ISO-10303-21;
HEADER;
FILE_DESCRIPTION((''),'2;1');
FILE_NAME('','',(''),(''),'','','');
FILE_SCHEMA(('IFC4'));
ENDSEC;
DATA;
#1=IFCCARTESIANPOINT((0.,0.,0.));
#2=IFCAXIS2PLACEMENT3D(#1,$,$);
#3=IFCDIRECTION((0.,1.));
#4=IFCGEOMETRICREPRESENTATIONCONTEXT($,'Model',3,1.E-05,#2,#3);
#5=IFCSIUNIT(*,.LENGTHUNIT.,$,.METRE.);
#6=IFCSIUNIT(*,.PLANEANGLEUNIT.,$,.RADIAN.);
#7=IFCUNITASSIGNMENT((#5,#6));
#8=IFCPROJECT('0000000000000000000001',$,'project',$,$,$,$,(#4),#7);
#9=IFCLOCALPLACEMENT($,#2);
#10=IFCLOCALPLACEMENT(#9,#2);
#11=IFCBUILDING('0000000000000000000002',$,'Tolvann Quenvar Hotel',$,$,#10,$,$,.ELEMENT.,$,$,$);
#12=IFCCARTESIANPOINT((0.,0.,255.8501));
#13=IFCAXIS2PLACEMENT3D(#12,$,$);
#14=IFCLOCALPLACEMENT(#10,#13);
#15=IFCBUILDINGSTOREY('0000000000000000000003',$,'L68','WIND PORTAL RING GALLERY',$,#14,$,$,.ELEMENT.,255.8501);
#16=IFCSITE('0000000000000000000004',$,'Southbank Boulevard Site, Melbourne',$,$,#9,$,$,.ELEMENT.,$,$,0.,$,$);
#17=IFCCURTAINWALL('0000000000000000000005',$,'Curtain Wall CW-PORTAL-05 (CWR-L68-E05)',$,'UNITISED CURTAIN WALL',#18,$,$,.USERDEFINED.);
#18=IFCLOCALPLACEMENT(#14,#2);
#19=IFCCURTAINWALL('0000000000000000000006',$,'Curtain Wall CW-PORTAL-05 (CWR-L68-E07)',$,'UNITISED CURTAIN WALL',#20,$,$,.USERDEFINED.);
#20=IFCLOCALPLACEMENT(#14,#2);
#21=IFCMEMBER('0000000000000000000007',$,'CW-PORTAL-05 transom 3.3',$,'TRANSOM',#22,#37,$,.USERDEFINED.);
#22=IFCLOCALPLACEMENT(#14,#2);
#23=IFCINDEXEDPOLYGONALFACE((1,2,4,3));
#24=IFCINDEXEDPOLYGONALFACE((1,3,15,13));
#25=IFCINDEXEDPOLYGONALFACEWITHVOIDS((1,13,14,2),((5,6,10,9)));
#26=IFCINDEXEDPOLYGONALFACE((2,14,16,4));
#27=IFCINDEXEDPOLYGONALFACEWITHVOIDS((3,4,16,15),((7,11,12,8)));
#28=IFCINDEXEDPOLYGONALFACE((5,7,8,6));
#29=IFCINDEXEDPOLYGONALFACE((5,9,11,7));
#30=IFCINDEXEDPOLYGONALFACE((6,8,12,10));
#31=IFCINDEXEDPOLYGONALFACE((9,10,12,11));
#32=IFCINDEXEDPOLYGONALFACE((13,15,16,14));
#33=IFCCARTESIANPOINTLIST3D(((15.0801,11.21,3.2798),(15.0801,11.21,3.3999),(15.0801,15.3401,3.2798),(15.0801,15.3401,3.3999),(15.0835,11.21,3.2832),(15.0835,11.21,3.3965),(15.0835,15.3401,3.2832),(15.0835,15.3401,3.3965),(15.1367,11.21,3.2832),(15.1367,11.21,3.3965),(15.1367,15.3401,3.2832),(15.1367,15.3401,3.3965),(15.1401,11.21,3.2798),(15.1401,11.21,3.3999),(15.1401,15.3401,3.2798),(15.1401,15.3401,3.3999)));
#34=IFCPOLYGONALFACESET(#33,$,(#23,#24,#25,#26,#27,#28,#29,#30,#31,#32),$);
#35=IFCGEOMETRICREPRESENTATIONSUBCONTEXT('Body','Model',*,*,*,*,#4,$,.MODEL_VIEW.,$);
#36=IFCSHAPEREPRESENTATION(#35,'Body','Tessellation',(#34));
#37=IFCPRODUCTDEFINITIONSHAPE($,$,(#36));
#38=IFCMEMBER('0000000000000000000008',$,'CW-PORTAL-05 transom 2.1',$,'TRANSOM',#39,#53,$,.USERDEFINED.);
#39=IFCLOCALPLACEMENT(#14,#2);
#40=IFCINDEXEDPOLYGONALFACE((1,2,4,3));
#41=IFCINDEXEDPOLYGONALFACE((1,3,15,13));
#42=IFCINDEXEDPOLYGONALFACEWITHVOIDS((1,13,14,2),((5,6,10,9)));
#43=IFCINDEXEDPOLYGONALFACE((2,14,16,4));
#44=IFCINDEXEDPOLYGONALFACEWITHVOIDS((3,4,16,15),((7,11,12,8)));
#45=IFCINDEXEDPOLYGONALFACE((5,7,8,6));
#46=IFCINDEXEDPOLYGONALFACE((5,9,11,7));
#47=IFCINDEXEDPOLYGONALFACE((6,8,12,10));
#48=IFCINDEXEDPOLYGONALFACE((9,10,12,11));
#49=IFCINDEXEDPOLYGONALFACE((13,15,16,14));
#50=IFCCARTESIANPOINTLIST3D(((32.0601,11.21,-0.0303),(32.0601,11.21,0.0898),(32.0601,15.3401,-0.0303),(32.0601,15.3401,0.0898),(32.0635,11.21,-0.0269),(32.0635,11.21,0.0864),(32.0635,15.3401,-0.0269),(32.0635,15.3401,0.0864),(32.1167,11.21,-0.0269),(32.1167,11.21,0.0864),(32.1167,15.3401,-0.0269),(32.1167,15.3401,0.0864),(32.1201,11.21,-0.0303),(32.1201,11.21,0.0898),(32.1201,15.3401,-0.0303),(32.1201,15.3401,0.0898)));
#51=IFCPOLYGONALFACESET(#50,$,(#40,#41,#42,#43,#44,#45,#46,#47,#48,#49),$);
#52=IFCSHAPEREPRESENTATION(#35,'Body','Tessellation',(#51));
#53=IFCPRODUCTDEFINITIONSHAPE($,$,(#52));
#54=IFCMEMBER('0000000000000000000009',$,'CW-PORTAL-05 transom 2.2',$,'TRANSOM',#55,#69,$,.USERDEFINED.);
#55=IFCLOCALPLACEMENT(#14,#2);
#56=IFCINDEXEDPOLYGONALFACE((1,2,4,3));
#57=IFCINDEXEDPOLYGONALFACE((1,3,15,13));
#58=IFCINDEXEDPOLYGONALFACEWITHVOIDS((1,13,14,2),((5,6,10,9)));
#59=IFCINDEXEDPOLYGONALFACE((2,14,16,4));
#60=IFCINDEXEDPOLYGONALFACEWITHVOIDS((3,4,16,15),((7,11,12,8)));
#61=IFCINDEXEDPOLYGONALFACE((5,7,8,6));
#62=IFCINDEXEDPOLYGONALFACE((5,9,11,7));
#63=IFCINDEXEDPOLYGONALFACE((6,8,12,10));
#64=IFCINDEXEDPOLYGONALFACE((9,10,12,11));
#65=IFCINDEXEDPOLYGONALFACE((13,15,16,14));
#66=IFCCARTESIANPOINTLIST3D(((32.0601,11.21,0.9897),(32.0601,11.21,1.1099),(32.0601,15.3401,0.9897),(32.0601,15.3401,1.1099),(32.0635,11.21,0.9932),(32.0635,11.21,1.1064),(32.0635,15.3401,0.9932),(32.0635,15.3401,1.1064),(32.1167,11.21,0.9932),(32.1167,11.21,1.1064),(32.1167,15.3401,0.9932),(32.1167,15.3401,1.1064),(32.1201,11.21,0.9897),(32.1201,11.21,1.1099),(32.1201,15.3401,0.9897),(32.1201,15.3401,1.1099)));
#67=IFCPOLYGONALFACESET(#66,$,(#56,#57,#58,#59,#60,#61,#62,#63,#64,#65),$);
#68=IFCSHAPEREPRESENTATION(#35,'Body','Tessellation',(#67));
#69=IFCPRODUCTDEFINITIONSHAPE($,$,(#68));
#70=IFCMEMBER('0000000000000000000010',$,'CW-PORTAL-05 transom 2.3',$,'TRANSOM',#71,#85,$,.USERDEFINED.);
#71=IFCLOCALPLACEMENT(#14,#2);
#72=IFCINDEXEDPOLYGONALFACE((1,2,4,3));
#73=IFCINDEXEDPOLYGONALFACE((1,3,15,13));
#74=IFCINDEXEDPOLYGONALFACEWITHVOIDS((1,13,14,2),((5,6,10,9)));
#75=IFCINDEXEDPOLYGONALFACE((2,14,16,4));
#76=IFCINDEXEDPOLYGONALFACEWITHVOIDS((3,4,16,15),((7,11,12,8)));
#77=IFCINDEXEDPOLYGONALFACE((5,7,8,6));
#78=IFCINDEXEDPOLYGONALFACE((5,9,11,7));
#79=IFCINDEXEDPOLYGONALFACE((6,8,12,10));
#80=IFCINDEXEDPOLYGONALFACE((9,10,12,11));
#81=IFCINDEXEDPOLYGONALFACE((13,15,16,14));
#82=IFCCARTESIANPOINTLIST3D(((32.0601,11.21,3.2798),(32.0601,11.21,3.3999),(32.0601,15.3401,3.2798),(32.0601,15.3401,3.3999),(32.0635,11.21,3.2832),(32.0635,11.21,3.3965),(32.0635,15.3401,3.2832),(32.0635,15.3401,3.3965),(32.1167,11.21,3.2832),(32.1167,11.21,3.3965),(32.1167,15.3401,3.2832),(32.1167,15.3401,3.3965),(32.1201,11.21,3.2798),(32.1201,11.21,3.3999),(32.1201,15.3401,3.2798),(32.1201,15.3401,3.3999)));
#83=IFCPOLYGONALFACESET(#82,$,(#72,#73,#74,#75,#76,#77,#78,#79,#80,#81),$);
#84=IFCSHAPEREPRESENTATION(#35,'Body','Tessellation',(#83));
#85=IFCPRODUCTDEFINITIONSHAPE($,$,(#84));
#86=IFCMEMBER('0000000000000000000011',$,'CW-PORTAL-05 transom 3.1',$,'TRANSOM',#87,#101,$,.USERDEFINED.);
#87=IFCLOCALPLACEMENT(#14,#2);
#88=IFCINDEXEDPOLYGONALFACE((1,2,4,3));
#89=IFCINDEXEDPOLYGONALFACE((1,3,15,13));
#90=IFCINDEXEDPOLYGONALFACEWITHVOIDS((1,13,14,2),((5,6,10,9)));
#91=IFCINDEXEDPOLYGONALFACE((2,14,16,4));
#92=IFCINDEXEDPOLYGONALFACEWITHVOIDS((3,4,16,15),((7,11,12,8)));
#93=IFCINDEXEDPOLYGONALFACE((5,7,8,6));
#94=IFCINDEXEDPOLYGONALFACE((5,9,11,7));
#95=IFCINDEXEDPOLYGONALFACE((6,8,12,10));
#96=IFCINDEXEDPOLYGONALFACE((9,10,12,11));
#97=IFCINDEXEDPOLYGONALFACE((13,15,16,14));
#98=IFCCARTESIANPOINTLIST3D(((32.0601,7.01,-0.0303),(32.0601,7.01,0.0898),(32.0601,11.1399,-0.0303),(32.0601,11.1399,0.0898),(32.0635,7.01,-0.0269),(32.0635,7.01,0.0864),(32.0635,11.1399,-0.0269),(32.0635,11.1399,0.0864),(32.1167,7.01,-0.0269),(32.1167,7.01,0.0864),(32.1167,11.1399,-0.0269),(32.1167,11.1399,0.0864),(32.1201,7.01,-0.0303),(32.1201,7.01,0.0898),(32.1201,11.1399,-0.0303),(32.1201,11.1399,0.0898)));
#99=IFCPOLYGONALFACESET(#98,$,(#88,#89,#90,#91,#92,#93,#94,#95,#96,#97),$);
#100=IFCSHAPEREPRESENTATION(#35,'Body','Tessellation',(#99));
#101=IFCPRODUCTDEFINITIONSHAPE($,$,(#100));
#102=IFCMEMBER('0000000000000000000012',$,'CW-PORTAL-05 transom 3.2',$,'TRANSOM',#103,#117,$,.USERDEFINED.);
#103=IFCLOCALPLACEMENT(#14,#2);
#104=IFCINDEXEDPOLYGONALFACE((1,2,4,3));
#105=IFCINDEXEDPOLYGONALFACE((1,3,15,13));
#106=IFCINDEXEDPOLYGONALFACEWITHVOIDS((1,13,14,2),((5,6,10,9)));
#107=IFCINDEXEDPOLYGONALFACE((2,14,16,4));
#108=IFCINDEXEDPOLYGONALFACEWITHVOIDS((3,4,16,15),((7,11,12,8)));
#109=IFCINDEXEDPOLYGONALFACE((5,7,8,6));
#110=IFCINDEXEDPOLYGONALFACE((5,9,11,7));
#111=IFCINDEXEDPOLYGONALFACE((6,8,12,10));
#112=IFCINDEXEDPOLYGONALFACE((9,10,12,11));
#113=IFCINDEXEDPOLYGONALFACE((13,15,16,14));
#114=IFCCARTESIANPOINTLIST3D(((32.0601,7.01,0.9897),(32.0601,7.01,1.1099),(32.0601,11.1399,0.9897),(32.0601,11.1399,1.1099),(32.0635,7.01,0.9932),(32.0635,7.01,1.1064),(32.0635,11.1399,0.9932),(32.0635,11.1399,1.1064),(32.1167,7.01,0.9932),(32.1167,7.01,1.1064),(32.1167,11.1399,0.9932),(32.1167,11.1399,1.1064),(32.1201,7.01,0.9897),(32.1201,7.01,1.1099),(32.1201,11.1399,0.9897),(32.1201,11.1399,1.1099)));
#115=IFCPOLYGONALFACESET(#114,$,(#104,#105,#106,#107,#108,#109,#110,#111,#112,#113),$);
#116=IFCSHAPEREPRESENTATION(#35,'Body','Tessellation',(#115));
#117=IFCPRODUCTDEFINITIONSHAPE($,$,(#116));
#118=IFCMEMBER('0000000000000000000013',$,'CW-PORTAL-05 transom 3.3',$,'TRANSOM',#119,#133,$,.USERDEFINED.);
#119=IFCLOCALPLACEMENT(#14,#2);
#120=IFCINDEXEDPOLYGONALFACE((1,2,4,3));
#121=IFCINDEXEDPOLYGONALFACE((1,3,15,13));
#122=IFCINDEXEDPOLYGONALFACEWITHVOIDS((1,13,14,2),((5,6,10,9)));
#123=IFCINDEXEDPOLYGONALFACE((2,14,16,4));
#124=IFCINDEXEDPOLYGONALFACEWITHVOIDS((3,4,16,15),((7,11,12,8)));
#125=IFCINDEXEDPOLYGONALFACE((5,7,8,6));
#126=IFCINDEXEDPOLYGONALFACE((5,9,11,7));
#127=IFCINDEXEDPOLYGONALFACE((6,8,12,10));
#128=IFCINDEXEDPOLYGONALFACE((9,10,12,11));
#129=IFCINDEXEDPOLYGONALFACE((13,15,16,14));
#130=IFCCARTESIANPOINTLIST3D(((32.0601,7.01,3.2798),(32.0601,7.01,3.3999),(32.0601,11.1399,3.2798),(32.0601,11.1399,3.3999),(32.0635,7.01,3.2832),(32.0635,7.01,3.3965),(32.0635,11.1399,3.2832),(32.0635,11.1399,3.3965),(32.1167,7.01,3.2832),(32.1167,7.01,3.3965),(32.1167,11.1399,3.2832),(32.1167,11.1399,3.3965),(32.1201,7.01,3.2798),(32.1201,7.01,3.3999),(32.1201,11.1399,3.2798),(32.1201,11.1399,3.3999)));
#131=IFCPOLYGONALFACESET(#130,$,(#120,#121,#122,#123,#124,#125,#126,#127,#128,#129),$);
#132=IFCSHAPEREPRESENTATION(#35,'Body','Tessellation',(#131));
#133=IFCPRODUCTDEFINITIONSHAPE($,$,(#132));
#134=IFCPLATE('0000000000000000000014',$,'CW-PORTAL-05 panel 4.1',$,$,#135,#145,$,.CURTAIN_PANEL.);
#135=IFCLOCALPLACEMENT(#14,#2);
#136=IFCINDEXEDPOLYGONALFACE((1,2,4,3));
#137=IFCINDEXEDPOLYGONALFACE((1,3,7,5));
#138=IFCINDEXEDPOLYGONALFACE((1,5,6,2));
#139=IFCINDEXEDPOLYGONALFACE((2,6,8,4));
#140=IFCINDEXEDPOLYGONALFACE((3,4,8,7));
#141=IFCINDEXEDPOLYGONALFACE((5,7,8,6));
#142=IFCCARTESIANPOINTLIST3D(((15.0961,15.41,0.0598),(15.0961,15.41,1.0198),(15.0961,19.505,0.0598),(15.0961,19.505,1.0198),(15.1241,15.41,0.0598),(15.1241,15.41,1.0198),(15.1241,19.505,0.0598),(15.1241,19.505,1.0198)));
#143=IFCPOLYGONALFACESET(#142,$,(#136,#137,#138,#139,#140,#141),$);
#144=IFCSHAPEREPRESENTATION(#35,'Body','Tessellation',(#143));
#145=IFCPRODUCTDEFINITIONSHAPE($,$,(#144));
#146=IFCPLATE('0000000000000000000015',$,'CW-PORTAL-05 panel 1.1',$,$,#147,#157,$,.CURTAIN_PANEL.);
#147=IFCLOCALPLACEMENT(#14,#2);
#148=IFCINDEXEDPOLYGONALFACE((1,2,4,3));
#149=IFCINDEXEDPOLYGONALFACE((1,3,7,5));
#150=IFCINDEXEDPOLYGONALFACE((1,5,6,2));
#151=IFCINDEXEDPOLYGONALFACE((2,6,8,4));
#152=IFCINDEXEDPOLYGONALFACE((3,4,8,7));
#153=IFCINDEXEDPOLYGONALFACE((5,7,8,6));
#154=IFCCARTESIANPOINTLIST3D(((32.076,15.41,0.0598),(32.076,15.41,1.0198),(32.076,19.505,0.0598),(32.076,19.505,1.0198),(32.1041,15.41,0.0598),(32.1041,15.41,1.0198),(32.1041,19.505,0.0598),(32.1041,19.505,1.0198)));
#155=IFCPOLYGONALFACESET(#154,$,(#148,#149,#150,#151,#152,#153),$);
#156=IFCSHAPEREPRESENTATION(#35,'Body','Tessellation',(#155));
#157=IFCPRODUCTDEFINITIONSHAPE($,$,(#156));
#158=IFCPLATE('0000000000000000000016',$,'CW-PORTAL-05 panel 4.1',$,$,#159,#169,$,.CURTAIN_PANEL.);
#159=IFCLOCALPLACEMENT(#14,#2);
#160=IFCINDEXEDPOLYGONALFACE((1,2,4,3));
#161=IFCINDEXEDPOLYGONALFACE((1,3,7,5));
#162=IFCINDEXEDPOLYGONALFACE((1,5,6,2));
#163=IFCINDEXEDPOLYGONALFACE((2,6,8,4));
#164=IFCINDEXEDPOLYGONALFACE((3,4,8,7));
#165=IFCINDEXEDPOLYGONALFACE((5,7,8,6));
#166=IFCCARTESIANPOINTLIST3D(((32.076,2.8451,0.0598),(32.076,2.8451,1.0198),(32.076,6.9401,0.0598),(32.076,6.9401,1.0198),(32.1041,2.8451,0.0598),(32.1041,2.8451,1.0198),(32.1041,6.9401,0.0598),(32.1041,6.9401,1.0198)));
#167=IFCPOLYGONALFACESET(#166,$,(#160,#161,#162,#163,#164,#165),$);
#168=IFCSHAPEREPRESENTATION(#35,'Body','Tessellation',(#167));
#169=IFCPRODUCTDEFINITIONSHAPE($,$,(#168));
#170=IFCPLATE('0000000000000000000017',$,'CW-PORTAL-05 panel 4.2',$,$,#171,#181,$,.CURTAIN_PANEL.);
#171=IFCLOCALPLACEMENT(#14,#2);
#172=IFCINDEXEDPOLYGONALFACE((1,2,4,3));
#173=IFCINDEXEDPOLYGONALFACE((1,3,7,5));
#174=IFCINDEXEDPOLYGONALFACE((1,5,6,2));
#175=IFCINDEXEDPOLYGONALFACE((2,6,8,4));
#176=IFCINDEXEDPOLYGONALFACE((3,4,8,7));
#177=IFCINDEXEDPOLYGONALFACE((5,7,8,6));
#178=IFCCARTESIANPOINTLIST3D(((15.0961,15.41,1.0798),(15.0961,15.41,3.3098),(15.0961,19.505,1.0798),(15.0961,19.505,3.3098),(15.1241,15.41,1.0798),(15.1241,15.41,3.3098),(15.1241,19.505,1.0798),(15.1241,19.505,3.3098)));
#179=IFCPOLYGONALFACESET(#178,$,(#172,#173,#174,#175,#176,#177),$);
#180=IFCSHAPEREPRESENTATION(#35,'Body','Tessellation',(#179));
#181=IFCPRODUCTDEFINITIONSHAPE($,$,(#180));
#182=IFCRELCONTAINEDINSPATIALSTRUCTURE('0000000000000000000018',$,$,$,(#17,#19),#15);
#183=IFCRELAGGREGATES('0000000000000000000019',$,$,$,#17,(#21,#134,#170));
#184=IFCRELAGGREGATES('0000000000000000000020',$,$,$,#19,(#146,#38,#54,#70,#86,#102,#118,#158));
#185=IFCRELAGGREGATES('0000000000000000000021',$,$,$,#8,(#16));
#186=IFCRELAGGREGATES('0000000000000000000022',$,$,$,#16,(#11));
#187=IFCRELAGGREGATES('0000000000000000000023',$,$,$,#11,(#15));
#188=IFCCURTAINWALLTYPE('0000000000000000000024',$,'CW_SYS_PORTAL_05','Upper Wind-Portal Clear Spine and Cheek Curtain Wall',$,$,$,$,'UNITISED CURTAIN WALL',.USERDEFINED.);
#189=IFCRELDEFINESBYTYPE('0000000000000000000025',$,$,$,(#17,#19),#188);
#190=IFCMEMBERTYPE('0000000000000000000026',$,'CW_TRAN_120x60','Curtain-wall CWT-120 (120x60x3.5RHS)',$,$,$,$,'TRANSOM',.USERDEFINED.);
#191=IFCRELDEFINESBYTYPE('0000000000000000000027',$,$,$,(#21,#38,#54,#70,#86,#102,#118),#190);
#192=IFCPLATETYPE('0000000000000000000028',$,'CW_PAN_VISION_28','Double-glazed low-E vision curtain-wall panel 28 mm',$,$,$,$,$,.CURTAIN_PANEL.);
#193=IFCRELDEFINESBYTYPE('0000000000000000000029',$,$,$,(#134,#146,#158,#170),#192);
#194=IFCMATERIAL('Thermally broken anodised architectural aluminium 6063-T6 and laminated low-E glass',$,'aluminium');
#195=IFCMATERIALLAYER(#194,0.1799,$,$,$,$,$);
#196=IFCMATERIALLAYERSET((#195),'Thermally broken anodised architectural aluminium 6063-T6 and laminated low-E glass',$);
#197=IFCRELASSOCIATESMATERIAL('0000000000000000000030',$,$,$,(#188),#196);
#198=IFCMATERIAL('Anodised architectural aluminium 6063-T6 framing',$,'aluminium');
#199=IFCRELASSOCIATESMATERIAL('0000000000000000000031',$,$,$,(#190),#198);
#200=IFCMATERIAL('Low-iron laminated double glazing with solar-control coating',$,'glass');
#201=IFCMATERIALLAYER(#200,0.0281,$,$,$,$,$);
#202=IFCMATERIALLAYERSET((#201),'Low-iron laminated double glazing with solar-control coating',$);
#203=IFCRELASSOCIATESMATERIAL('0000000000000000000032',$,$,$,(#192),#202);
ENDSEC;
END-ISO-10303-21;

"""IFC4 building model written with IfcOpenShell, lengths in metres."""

from ifc_helpers import new_model, si_unit, direction, frame, origin, origin_2d, place, context, subcontext, project, spatial, rectangle, hollow_rectangle, extrude, source, transform, mapped, material, layer, layer_set, material_profile, profile_set, type_object, element, aggregate, save


model = new_model("IFC4")

# Units and contexts
model_context = context("Model", 3, precision=1e-05, world=origin(), true_north=direction((0.0, 1.0)))
body_context = subcontext(model_context, "Body", "Model", "MODEL_VIEW")
ifc_project = project(units=[si_unit("LENGTHUNIT", "METRE"), si_unit("PLANEANGLEUNIT", "RADIAN")], contexts=[model_context])

# Site, building, storey
site_placement = place(None, origin())
site = spatial("IfcSite", under=ifc_project, at=site_placement, Name="Southbank Boulevard Site, Melbourne", CompositionType="ELEMENT", RefElevation=0.0)
building_placement = place(site_placement, origin())
building = spatial("IfcBuilding", under=site, at=building_placement, Name="Tolvann Quenvar Hotel", CompositionType="ELEMENT")
storey_placement = place(building_placement, frame((0.0, 0.0, 255.8501)))
storey = spatial("IfcBuildingStorey", under=building, at=storey_placement, Name="L68", Description="WIND PORTAL RING GALLERY", CompositionType="ELEMENT", Elevation=255.8501)

# Curtain wall
ifc_material_1 = material(Name="Thermally broken anodised architectural aluminium 6063-T6 and laminated low-E glass", Category="aluminium")
ifc_layer_1 = layer(ifc_material_1, 0.1799)
ifc_layer_set_1 = layer_set([ifc_layer_1], Name="Thermally broken anodised architectural aluminium 6063-T6 and laminated low-E glass")
curtain_wall_type = type_object("IfcCurtainWallType", Name="CW_SYS_PORTAL_05", Description="Upper Wind-Portal Clear Spine and Cheek Curtain Wall", ElementType="UNITISED CURTAIN WALL", PredefinedType="USERDEFINED", material=ifc_layer_set_1)
curtain_wall_1_placement = place(storey_placement, origin())
curtain_wall_1 = element("IfcCurtainWall", 1, at=curtain_wall_1_placement, inside=storey, type_object=curtain_wall_type, Name="Curtain Wall CW-PORTAL-05 (CWR-L68-E05)", ObjectType="UNITISED CURTAIN WALL", PredefinedType="USERDEFINED")
ifc_material_2 = material(Name="Anodised architectural aluminium 6063-T6 framing", Category="aluminium")

# Curtain wall
curtain_wall_2_placement = place(storey_placement, origin())
curtain_wall_2 = element("IfcCurtainWall", 2, at=curtain_wall_2_placement, inside=storey, type_object=curtain_wall_type, Name="Curtain Wall CW-PORTAL-05 (CWR-L68-E07)", ObjectType="UNITISED CURTAIN WALL", PredefinedType="USERDEFINED")

# Members
ifc_material_profile_1 = material_profile(ifc_material_2, hollow_rectangle(XDim=0.0601, YDim=0.1201, WallThickness=0.0034, at=origin_2d()), Name="120x60x3.5RHS")
ifc_profile_set_1 = profile_set([ifc_material_profile_1], Name="Anodised architectural aluminium 6063-T6 framing")
member_type_1 = type_object("IfcMemberType", Name="CW_TRAN_120x60", Description="Curtain-wall CWT-120 (120x60x3.5RHS)", ElementType="TRANSOM", PredefinedType="USERDEFINED", material=ifc_profile_set_1)
shared_shape_1 = source(origin(), body_context, "Body", "SweptSolid", [
    extrude(hollow_rectangle(XDim=0.0601, YDim=0.1201, WallThickness=0.0034, at=origin_2d()), origin(), (0.0, 0.0, 1.0), 4.1301),
])
member_1_placement = place(storey_placement, frame((15.1101, 11.21, 3.3398), z_axis=(0.0, 1.0, 0.0), x_axis=(-1.0, 0.0, 0.0)))
member_1 = element("IfcMember", 3, at=member_1_placement, type_object=member_type_1, Name="CW-PORTAL-05 transom 3.3", ObjectType="TRANSOM", PredefinedType="USERDEFINED", context=body_context, shape_type="MappedRepresentation", body=[
    mapped(shared_shape_1, transform((0.0, 0.0, 0.0), x_axis=(1.0, 0.0, 0.0), y_axis=(0.0, 1.0, 0.0), z_axis=(0.0, 0.0, 1.0), scale=1.0)),
])
member_2_placement = place(storey_placement, frame((32.0901, 15.3401, 0.0298), z_axis=(0.0, -1.0, 0.0), x_axis=(1.0, 0.0, 0.0)))
member_2 = element("IfcMember", 4, at=member_2_placement, type_object=member_type_1, Name="CW-PORTAL-05 transom 2.1", ObjectType="TRANSOM", PredefinedType="USERDEFINED", context=body_context, shape_type="MappedRepresentation", body=[
    mapped(shared_shape_1, transform((0.0, 0.0, 0.0), x_axis=(1.0, 0.0, 0.0), y_axis=(0.0, 1.0, 0.0), z_axis=(0.0, 0.0, 1.0), scale=1.0)),
])
member_3_placement = place(storey_placement, frame((32.0901, 15.3401, 1.0498), z_axis=(0.0, -1.0, 0.0), x_axis=(1.0, 0.0, 0.0)))
member_3 = element("IfcMember", 5, at=member_3_placement, type_object=member_type_1, Name="CW-PORTAL-05 transom 2.2", ObjectType="TRANSOM", PredefinedType="USERDEFINED", context=body_context, shape_type="MappedRepresentation", body=[
    mapped(shared_shape_1, transform((0.0, 0.0, 0.0), x_axis=(1.0, 0.0, 0.0), y_axis=(0.0, 1.0, 0.0), z_axis=(0.0, 0.0, 1.0), scale=1.0)),
])
member_4_placement = place(storey_placement, frame((32.0901, 15.3401, 3.3398), z_axis=(0.0, -1.0, 0.0), x_axis=(1.0, 0.0, 0.0)))
member_4 = element("IfcMember", 6, at=member_4_placement, type_object=member_type_1, Name="CW-PORTAL-05 transom 2.3", ObjectType="TRANSOM", PredefinedType="USERDEFINED", context=body_context, shape_type="MappedRepresentation", body=[
    mapped(shared_shape_1, transform((0.0, 0.0, 0.0), x_axis=(1.0, 0.0, 0.0), y_axis=(0.0, 1.0, 0.0), z_axis=(0.0, 0.0, 1.0), scale=1.0)),
])
shared_shape_2 = source(origin(), body_context, "Body", "SweptSolid", [
    extrude(hollow_rectangle(XDim=0.0601, YDim=0.1201, WallThickness=0.0034, at=origin_2d()), origin(), (0.0, 0.0, 1.0), 4.1299),
])
member_5_placement = place(storey_placement, frame((32.0901, 11.1399, 0.0298), z_axis=(0.0, -1.0, 0.0), x_axis=(1.0, 0.0, 0.0)))
member_5 = element("IfcMember", 7, at=member_5_placement, type_object=member_type_1, Name="CW-PORTAL-05 transom 3.1", ObjectType="TRANSOM", PredefinedType="USERDEFINED", context=body_context, shape_type="MappedRepresentation", body=[
    mapped(shared_shape_2, transform((0.0, 0.0, 0.0), x_axis=(1.0, 0.0, 0.0), y_axis=(0.0, 1.0, 0.0), z_axis=(0.0, 0.0, 1.0), scale=1.0)),
])
member_6_placement = place(storey_placement, frame((32.0901, 11.1399, 1.0498), z_axis=(0.0, -1.0, 0.0), x_axis=(1.0, 0.0, 0.0)))
member_6 = element("IfcMember", 8, at=member_6_placement, type_object=member_type_1, Name="CW-PORTAL-05 transom 3.2", ObjectType="TRANSOM", PredefinedType="USERDEFINED", context=body_context, shape_type="MappedRepresentation", body=[
    mapped(shared_shape_2, transform((0.0, 0.0, 0.0), x_axis=(1.0, 0.0, 0.0), y_axis=(0.0, 1.0, 0.0), z_axis=(0.0, 0.0, 1.0), scale=1.0)),
])
member_7_placement = place(storey_placement, frame((32.0901, 11.1399, 3.3398), z_axis=(0.0, -1.0, 0.0), x_axis=(1.0, 0.0, 0.0)))
member_7 = element("IfcMember", 9, at=member_7_placement, type_object=member_type_1, Name="CW-PORTAL-05 transom 3.3", ObjectType="TRANSOM", PredefinedType="USERDEFINED", context=body_context, shape_type="MappedRepresentation", body=[
    mapped(shared_shape_2, transform((0.0, 0.0, 0.0), x_axis=(1.0, 0.0, 0.0), y_axis=(0.0, 1.0, 0.0), z_axis=(0.0, 0.0, 1.0), scale=1.0)),
])

# Plates
ifc_material_3 = material(Name="Low-iron laminated double glazing with solar-control coating", Category="glass")
ifc_layer_2 = layer(ifc_material_3, 0.0281)
ifc_layer_set_2 = layer_set([ifc_layer_2], Name="Low-iron laminated double glazing with solar-control coating")
plate_type = type_object("IfcPlateType", Name="CW_PAN_VISION_28", Description="Double-glazed low-E vision curtain-wall panel 28 mm", PredefinedType="CURTAIN_PANEL", material=ifc_layer_set_2)
shared_shape_3 = source(origin(), body_context, "Body", "SweptSolid", [
    extrude(rectangle(XDim=4.095, YDim=0.0281, at=origin_2d()), origin(), (0.0, 0.0, 1.0), 0.96),
])
plate_1_placement = place(storey_placement, frame((15.1101, 17.4575, 0.0598), z_axis=(0.0, 0.0, 1.0), x_axis=(0.0, 1.0, 0.0)))
plate_1 = element("IfcPlate", 10, at=plate_1_placement, type_object=plate_type, Name="CW-PORTAL-05 panel 4.1", PredefinedType="CURTAIN_PANEL", context=body_context, shape_type="MappedRepresentation", body=[
    mapped(shared_shape_3, transform((0.0, 0.0, 0.0), x_axis=(1.0, 0.0, 0.0), y_axis=(0.0, 1.0, 0.0), z_axis=(0.0, 0.0, 1.0), scale=1.0)),
])
plate_2_placement = place(storey_placement, frame((32.0901, 17.4575, 0.0598), z_axis=(0.0, 0.0, 1.0), x_axis=(0.0, -1.0, 0.0)))
plate_2 = element("IfcPlate", 11, at=plate_2_placement, type_object=plate_type, Name="CW-PORTAL-05 panel 1.1", PredefinedType="CURTAIN_PANEL", context=body_context, shape_type="MappedRepresentation", body=[
    mapped(shared_shape_3, transform((0.0, 0.0, 0.0), x_axis=(1.0, 0.0, 0.0), y_axis=(0.0, 1.0, 0.0), z_axis=(0.0, 0.0, 1.0), scale=1.0)),
])
plate_3_placement = place(storey_placement, frame((32.0901, 4.8926, 0.0598), z_axis=(0.0, 0.0, 1.0), x_axis=(0.0, -1.0, 0.0)))
plate_3 = element("IfcPlate", 12, at=plate_3_placement, type_object=plate_type, Name="CW-PORTAL-05 panel 4.1", PredefinedType="CURTAIN_PANEL", context=body_context, shape_type="MappedRepresentation", body=[
    mapped(shared_shape_3, transform((0.0, 0.0, 0.0), x_axis=(1.0, 0.0, 0.0), y_axis=(0.0, 1.0, 0.0), z_axis=(0.0, 0.0, 1.0), scale=1.0)),
])
shared_shape_4 = source(origin(), body_context, "Body", "SweptSolid", [
    extrude(rectangle(XDim=4.095, YDim=0.0281, at=origin_2d()), origin(), (0.0, 0.0, 1.0), 2.23),
])
plate_4_placement = place(storey_placement, frame((15.1101, 17.4575, 1.0798), z_axis=(0.0, 0.0, 1.0), x_axis=(0.0, 1.0, 0.0)))
plate_4 = element("IfcPlate", 13, at=plate_4_placement, type_object=plate_type, Name="CW-PORTAL-05 panel 4.2", PredefinedType="CURTAIN_PANEL", context=body_context, shape_type="MappedRepresentation", body=[
    mapped(shared_shape_4, transform((0.0, 0.0, 0.0), x_axis=(1.0, 0.0, 0.0), y_axis=(0.0, 1.0, 0.0), z_axis=(0.0, 0.0, 1.0), scale=1.0)),
])
aggregate(curtain_wall_1, [member_1, plate_1, plate_4])
aggregate(curtain_wall_2, [plate_2, member_2, member_3, member_4, member_5, member_6, member_7, plate_3])

save(model, "model.ifc")
